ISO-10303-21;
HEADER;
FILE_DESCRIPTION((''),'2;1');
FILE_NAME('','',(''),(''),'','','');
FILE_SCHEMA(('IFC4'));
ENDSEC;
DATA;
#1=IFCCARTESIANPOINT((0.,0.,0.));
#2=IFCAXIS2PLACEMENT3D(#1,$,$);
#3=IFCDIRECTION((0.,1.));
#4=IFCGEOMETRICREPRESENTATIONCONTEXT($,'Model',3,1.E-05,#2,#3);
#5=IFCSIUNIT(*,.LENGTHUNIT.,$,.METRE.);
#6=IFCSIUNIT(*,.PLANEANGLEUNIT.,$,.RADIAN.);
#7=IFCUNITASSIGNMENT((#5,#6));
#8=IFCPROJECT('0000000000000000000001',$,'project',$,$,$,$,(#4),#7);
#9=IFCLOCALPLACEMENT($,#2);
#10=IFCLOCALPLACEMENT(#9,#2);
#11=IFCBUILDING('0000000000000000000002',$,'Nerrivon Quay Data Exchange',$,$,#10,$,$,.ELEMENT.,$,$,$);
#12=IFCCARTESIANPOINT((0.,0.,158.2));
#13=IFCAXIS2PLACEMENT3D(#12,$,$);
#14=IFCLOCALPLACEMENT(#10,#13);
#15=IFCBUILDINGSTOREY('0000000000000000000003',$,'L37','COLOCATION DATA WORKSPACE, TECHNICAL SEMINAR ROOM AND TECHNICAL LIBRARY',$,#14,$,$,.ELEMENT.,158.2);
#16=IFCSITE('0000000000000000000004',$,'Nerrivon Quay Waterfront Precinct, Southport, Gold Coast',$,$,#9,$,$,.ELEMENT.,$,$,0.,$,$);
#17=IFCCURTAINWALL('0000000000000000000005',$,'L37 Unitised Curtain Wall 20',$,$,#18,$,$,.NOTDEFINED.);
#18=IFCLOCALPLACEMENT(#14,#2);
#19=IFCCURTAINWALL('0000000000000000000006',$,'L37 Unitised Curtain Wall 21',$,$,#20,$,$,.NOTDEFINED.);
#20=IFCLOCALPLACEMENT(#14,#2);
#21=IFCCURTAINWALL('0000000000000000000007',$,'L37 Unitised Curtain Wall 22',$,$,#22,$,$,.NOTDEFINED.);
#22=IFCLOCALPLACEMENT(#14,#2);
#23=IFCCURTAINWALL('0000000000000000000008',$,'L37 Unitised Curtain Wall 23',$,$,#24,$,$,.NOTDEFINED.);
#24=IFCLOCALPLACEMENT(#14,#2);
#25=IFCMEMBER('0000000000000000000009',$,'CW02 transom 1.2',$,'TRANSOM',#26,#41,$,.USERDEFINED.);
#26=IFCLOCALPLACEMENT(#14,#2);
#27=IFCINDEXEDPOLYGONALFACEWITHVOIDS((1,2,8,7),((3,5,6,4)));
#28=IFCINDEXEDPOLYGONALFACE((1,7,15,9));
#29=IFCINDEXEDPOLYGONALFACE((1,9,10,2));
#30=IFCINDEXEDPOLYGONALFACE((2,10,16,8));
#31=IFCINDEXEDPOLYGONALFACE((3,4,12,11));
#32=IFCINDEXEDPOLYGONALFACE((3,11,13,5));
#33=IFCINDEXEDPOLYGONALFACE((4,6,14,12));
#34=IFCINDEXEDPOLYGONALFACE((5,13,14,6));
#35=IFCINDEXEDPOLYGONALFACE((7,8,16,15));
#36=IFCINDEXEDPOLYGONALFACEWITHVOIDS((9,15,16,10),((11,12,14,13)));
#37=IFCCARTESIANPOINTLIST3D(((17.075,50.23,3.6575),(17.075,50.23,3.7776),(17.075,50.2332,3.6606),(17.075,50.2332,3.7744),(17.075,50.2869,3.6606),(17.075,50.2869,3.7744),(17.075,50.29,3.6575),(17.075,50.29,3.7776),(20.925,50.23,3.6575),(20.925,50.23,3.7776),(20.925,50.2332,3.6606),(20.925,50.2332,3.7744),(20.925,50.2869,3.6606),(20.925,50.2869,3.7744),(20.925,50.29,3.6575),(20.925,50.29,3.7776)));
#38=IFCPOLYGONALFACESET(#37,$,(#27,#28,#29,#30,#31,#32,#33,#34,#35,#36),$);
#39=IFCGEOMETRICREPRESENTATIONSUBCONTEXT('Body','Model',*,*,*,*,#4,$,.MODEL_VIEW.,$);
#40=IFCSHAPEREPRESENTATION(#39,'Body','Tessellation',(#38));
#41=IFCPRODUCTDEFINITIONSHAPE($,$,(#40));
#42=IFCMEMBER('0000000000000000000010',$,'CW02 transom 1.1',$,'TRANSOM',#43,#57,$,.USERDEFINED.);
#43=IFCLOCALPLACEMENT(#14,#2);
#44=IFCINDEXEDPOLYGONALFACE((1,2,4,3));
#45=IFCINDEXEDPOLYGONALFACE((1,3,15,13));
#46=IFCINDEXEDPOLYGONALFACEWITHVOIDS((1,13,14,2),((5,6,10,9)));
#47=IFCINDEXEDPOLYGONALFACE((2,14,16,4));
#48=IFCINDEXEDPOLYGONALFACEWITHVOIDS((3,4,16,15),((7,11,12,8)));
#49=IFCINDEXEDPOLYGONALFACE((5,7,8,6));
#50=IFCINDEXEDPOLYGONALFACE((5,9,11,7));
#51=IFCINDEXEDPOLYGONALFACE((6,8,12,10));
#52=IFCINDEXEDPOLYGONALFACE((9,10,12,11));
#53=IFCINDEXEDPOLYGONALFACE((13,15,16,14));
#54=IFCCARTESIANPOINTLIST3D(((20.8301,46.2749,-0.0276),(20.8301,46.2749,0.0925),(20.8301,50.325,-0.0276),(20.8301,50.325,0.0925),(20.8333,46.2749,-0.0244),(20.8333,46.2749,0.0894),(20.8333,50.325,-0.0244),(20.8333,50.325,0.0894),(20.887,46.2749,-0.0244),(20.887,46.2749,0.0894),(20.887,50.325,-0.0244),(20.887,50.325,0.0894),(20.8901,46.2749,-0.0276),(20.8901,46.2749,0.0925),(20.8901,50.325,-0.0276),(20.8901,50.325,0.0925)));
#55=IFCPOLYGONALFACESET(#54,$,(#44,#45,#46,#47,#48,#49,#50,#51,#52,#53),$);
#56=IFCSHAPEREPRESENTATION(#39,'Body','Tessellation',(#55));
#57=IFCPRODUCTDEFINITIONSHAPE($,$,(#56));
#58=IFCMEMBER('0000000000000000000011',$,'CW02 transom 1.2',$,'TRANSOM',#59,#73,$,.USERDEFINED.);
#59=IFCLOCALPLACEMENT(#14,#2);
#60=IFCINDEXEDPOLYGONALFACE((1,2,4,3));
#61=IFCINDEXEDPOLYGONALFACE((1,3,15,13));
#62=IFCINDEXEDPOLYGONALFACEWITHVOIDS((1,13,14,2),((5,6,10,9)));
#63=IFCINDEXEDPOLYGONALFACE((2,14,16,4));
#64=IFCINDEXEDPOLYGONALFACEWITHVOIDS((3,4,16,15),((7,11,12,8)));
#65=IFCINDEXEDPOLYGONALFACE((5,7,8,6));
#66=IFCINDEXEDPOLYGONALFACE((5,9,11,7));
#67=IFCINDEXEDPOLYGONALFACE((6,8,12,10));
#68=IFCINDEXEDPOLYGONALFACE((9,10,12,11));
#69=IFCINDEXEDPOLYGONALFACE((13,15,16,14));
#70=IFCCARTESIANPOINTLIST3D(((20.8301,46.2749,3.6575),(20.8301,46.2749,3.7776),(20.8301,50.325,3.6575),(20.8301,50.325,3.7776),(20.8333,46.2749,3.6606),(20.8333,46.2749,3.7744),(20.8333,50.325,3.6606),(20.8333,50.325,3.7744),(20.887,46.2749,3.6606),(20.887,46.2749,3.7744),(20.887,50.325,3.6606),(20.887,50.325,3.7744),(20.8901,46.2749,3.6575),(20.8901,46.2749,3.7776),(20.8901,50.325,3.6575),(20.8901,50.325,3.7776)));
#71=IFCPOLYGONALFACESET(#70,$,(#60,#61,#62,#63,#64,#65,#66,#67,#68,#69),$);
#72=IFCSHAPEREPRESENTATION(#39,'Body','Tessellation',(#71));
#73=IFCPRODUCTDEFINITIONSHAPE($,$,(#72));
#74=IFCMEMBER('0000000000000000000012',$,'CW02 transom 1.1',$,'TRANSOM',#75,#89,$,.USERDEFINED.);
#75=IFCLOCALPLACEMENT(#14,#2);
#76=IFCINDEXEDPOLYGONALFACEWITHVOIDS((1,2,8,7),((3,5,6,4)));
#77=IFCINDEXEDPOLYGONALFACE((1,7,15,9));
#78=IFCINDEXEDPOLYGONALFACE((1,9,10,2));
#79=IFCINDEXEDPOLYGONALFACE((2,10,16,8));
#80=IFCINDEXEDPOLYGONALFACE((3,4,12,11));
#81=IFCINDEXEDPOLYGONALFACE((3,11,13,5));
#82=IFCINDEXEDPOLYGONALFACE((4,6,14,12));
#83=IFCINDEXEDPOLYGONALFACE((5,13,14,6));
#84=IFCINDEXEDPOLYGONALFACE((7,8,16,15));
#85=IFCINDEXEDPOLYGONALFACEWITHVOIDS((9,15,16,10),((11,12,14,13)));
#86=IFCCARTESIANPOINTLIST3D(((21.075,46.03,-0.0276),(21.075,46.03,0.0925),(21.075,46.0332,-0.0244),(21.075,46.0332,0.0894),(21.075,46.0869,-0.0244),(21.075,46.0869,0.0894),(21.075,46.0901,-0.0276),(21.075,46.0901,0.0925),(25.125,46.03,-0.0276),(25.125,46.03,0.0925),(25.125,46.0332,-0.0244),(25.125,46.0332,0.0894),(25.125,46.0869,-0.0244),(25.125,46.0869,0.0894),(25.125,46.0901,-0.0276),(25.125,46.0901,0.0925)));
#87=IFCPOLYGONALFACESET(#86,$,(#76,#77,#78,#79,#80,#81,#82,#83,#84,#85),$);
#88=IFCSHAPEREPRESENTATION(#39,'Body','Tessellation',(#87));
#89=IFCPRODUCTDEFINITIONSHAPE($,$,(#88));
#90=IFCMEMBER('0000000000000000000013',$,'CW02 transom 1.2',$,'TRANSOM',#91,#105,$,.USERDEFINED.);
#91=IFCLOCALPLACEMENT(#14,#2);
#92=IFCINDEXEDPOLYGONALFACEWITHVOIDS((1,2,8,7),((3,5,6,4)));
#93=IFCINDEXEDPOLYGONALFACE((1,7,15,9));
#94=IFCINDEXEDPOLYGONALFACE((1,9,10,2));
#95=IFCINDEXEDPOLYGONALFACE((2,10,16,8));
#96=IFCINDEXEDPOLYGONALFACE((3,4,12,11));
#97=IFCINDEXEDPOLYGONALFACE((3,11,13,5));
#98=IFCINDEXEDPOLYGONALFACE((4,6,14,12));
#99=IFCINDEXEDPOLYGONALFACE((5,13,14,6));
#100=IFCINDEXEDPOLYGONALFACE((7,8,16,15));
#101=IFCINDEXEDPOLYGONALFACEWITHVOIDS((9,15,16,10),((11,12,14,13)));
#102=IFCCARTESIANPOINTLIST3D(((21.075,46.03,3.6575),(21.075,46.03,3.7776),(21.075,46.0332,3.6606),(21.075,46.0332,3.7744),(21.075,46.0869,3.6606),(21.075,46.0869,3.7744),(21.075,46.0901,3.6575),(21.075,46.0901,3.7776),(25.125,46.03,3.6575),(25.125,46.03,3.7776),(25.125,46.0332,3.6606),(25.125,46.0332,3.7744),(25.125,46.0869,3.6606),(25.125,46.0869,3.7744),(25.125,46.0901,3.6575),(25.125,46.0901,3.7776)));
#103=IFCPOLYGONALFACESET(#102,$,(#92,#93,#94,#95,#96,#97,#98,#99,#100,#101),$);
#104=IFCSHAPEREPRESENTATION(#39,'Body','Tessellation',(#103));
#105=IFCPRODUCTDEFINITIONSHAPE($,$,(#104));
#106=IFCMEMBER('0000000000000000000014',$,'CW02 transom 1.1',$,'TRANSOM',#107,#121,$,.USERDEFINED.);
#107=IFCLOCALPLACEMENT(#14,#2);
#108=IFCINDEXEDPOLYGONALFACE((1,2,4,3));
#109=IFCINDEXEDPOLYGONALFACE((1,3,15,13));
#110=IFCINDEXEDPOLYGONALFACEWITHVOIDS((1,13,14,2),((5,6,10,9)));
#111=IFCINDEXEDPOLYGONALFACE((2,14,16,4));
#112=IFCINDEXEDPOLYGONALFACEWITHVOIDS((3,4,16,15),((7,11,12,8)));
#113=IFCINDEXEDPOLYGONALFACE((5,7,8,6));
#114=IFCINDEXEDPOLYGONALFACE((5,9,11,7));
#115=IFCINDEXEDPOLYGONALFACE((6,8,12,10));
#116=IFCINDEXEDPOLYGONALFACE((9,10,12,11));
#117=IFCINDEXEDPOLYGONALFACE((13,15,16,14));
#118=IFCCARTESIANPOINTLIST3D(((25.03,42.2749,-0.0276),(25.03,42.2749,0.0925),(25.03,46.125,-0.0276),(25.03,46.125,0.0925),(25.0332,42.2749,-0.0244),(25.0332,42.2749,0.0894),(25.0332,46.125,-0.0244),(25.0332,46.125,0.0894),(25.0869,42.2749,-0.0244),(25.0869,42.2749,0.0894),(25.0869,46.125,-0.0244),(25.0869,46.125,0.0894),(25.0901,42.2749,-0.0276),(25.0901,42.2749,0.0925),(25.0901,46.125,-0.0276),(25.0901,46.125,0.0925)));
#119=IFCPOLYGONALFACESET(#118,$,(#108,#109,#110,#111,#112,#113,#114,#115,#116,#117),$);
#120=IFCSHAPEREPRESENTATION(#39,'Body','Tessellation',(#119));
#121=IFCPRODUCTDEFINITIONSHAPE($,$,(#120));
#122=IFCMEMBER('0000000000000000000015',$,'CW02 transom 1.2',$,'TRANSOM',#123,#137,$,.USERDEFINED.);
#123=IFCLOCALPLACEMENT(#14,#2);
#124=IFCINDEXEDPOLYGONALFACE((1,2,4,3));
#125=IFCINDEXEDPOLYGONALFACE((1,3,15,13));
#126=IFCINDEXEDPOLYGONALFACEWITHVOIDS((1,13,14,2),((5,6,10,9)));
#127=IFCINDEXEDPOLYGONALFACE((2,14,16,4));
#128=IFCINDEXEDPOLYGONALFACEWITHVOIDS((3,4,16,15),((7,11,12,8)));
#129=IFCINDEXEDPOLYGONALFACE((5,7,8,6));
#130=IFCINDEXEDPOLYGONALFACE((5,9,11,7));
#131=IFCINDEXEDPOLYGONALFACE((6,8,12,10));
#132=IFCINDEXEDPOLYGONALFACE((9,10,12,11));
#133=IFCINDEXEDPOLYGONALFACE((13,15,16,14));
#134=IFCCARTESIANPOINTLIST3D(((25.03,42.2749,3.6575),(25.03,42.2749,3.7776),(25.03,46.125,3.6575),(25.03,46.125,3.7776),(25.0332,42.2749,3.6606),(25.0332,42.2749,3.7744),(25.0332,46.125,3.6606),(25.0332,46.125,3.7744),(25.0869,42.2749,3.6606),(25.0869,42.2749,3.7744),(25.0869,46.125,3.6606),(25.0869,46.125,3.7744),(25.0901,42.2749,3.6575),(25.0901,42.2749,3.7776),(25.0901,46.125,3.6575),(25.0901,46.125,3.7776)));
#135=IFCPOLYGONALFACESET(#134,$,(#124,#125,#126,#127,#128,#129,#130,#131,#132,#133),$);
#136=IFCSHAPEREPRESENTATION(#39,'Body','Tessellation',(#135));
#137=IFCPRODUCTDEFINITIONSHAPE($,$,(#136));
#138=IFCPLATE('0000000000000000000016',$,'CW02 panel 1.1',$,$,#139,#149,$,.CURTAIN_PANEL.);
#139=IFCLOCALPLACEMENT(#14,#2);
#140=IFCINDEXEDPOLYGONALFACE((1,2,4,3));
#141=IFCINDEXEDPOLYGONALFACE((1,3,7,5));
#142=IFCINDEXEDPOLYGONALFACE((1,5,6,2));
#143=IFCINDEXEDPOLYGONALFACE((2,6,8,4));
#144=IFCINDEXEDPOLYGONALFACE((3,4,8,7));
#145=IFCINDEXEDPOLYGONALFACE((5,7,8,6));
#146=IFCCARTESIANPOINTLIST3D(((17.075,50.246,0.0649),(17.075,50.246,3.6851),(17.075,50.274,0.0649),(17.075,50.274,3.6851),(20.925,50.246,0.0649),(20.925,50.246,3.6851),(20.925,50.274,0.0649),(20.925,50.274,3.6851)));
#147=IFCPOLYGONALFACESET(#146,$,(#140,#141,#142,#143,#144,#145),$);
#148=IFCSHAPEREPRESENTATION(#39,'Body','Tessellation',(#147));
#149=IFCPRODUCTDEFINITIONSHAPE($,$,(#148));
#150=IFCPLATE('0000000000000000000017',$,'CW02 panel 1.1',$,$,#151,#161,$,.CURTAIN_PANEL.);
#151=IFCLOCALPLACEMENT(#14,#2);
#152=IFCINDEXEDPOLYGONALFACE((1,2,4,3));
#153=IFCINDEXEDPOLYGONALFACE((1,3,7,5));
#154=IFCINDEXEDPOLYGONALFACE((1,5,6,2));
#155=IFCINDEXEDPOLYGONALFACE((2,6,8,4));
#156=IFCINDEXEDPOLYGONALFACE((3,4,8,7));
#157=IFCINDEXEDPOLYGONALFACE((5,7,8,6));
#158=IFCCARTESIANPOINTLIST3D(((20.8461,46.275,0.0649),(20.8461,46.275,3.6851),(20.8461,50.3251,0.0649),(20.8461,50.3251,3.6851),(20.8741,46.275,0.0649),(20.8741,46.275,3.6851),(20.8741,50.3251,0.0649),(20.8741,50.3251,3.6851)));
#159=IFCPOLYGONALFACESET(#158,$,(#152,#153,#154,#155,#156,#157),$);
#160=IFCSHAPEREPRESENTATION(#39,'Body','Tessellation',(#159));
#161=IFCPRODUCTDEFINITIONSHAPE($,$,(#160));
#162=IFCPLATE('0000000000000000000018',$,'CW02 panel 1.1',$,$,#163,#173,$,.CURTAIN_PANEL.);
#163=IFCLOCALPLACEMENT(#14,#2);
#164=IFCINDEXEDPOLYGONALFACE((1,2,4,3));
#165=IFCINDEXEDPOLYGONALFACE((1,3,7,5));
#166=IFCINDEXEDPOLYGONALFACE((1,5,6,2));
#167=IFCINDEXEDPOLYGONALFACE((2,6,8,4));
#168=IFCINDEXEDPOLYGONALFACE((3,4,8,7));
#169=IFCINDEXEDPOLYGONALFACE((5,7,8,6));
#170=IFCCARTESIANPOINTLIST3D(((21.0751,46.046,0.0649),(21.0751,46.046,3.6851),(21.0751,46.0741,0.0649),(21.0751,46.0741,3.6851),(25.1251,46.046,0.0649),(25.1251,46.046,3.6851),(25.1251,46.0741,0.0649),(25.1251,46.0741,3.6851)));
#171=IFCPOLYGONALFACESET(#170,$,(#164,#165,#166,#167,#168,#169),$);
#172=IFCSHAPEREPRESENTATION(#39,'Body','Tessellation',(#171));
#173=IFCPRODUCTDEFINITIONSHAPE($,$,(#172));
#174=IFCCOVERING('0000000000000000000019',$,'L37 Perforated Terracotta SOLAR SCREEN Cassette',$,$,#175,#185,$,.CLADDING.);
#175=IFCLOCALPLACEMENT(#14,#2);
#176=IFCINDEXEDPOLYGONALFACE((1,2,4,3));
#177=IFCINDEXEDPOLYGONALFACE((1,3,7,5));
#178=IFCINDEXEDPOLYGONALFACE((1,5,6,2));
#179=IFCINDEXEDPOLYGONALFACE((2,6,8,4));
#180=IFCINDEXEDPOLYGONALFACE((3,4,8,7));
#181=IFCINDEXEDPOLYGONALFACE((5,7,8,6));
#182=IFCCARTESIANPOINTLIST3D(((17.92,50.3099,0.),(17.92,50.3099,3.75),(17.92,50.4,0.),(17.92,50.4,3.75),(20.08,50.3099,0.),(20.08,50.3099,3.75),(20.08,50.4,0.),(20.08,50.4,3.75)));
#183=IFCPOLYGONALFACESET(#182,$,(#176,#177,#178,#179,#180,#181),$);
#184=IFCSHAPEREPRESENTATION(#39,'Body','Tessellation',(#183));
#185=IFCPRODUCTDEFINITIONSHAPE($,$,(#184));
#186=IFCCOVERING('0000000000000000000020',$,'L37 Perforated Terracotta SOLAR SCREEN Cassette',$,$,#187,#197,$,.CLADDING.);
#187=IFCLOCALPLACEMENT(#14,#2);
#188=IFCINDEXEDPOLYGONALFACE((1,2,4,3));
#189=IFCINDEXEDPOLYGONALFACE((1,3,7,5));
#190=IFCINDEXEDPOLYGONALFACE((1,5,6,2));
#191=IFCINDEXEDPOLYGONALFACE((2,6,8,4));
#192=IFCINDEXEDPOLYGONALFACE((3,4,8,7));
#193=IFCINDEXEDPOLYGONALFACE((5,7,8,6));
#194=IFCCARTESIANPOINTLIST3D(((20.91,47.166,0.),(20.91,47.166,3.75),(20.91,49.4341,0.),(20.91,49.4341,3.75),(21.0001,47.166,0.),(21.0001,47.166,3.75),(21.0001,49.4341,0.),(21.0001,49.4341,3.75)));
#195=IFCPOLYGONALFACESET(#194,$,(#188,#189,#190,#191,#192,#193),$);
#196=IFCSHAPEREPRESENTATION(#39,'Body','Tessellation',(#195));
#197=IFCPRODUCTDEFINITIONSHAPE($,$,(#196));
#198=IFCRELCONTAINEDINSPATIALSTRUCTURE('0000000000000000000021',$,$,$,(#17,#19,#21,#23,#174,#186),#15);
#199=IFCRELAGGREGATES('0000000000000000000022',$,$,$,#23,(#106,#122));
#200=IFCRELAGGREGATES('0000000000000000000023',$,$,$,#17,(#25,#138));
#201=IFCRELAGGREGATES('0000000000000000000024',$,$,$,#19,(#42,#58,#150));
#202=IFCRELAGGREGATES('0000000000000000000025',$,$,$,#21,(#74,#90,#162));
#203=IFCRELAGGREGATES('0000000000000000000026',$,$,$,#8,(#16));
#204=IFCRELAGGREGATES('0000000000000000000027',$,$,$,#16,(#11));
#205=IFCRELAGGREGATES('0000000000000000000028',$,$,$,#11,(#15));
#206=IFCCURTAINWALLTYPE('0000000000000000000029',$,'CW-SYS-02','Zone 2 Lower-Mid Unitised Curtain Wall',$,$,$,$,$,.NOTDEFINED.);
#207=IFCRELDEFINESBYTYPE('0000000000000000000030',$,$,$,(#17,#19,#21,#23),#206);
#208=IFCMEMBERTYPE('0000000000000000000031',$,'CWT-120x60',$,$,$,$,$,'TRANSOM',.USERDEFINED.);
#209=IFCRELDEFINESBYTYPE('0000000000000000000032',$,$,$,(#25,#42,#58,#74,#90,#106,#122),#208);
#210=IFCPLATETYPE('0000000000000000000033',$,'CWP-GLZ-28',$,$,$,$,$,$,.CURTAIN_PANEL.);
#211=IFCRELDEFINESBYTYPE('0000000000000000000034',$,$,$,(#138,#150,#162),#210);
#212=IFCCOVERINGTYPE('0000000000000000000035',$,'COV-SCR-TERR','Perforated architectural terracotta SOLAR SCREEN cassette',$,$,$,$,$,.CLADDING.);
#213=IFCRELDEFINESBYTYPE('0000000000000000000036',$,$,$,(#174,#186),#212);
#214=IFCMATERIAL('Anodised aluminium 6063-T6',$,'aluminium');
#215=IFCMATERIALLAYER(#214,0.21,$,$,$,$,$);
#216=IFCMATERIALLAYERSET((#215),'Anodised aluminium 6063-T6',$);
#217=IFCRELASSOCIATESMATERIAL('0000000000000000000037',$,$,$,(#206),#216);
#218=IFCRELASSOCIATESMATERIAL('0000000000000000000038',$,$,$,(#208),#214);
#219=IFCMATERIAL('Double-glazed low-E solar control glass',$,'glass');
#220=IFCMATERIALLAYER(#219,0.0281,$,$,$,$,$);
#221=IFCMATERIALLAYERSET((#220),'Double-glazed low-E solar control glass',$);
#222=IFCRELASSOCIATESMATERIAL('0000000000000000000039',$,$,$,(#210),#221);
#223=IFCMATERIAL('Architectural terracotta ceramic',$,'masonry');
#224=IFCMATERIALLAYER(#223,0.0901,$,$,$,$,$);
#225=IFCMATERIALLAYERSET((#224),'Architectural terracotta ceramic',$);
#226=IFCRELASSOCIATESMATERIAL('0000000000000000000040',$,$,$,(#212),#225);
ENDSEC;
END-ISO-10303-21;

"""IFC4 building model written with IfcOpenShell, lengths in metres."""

from ifc_helpers import new_model, si_unit, direction, frame, origin, origin_2d, place, context, subcontext, project, spatial, rectangle, hollow_rectangle, extrude, material, layer, layer_set, material_profile, profile_set, type_object, element, aggregate, save


model = new_model("IFC4")

# Units and contexts
model_context = context("Model", 3, precision=1e-05, world=origin(), true_north=direction((0.0, 1.0)))
body_context = subcontext(model_context, "Body", "Model", "MODEL_VIEW")
ifc_project = project(units=[si_unit("LENGTHUNIT", "METRE"), si_unit("PLANEANGLEUNIT", "RADIAN")], contexts=[model_context])

# Site, building, storey
site_placement = place(None, origin())
site = spatial("IfcSite", under=ifc_project, at=site_placement, Name="Nerrivon Quay Waterfront Precinct, Southport, Gold Coast", CompositionType="ELEMENT", RefElevation=0.0)
building_placement = place(site_placement, origin())
building = spatial("IfcBuilding", under=site, at=building_placement, Name="Nerrivon Quay Data Exchange", CompositionType="ELEMENT")
storey_placement = place(building_placement, frame((0.0, 0.0, 158.2)))
storey = spatial("IfcBuildingStorey", under=building, at=storey_placement, Name="L37", Description="COLOCATION DATA WORKSPACE, TECHNICAL SEMINAR ROOM AND TECHNICAL LIBRARY", CompositionType="ELEMENT", Elevation=158.2)

# Shared definitions
ifc_material_1 = material(Name="Anodised aluminium 6063-T6", Category="aluminium")
ifc_layer_1 = layer(ifc_material_1, 0.21)
ifc_layer_set_1 = layer_set([ifc_layer_1], Name="Anodised aluminium 6063-T6")
curtain_wall_type = type_object("IfcCurtainWallType", Name="CW-SYS-02", Description="Zone 2 Lower-Mid Unitised Curtain Wall", PredefinedType="NOTDEFINED", material=ifc_layer_set_1)

# Curtain walls
curtain_wall_1_placement = place(storey_placement, origin())
curtain_wall_1 = element("IfcCurtainWall", 1, at=curtain_wall_1_placement, inside=storey, type_object=curtain_wall_type, Name="L37 Unitised Curtain Wall 20", PredefinedType="NOTDEFINED")
curtain_wall_2_placement = place(storey_placement, origin())
curtain_wall_2 = element("IfcCurtainWall", 2, at=curtain_wall_2_placement, inside=storey, type_object=curtain_wall_type, Name="L37 Unitised Curtain Wall 21", PredefinedType="NOTDEFINED")
curtain_wall_3_placement = place(storey_placement, origin())
curtain_wall_3 = element("IfcCurtainWall", 3, at=curtain_wall_3_placement, inside=storey, type_object=curtain_wall_type, Name="L37 Unitised Curtain Wall 22", PredefinedType="NOTDEFINED")

# Curtain wall
curtain_wall_4_placement = place(storey_placement, origin())
curtain_wall_4 = element("IfcCurtainWall", 4, at=curtain_wall_4_placement, inside=storey, type_object=curtain_wall_type, Name="L37 Unitised Curtain Wall 23", PredefinedType="NOTDEFINED")

# Members
ifc_material_profile_1 = material_profile(ifc_material_1, hollow_rectangle(XDim=0.0601, YDim=0.1201, WallThickness=0.0032, at=origin_2d()), Name="ALU-TRAN-120x60")
ifc_profile_set_1 = profile_set([ifc_material_profile_1], Name="Anodised aluminium 6063-T6")
member_type_1 = type_object("IfcMemberType", Name="CWT-120x60", ElementType="TRANSOM", PredefinedType="USERDEFINED", material=ifc_profile_set_1)
member_1_placement = place(storey_placement, frame((17.075, 50.26, 3.7175), z_axis=(1.0, 0.0, 0.0), x_axis=(0.0, 1.0, 0.0)))
member_1 = element("IfcMember", 5, at=member_1_placement, type_object=member_type_1, Name="CW02 transom 1.2", ObjectType="TRANSOM", PredefinedType="USERDEFINED", context=body_context, shape_type="SweptSolid", body=[
    extrude(hollow_rectangle(XDim=0.0601, YDim=0.1201, WallThickness=0.0032, at=origin_2d()), origin(), (0.0, 0.0, 1.0), 3.8501),
])
member_2_placement = place(storey_placement, frame((20.8601, 50.325, 0.0325), z_axis=(0.0, -1.0, 0.0), x_axis=(1.0, 0.0, 0.0)))
member_2 = element("IfcMember", 6, at=member_2_placement, type_object=member_type_1, Name="CW02 transom 1.1", ObjectType="TRANSOM", PredefinedType="USERDEFINED", context=body_context, shape_type="SweptSolid", body=[
    extrude(hollow_rectangle(XDim=0.0601, YDim=0.1201, WallThickness=0.0032, at=origin_2d()), origin(), (0.0, 0.0, 1.0), 4.05),
])
member_3_placement = place(storey_placement, frame((20.8601, 50.325, 3.7175), z_axis=(0.0, -1.0, 0.0), x_axis=(1.0, 0.0, 0.0)))
member_3 = element("IfcMember", 7, at=member_3_placement, type_object=member_type_1, Name="CW02 transom 1.2", ObjectType="TRANSOM", PredefinedType="USERDEFINED", context=body_context, shape_type="SweptSolid", body=[
    extrude(hollow_rectangle(XDim=0.0601, YDim=0.1201, WallThickness=0.0032, at=origin_2d()), origin(), (0.0, 0.0, 1.0), 4.05),
])
member_4_placement = place(storey_placement, frame((21.075, 46.0601, 0.0325), z_axis=(1.0, 0.0, 0.0), x_axis=(0.0, 1.0, 0.0)))
member_4 = element("IfcMember", 8, at=member_4_placement, type_object=member_type_1, Name="CW02 transom 1.1", ObjectType="TRANSOM", PredefinedType="USERDEFINED", context=body_context, shape_type="SweptSolid", body=[
    extrude(hollow_rectangle(XDim=0.0601, YDim=0.1201, WallThickness=0.0032, at=origin_2d()), origin(), (0.0, 0.0, 1.0), 4.05),
])
member_5_placement = place(storey_placement, frame((21.075, 46.0601, 3.7175), z_axis=(1.0, 0.0, 0.0), x_axis=(0.0, 1.0, 0.0)))
member_5 = element("IfcMember", 9, at=member_5_placement, type_object=member_type_1, Name="CW02 transom 1.2", ObjectType="TRANSOM", PredefinedType="USERDEFINED", context=body_context, shape_type="SweptSolid", body=[
    extrude(hollow_rectangle(XDim=0.0601, YDim=0.1201, WallThickness=0.0032, at=origin_2d()), origin(), (0.0, 0.0, 1.0), 4.05),
])
member_6_placement = place(storey_placement, frame((25.0601, 46.125, 0.0325), z_axis=(0.0, -1.0, 0.0), x_axis=(1.0, 0.0, 0.0)))
member_6 = element("IfcMember", 10, at=member_6_placement, type_object=member_type_1, Name="CW02 transom 1.1", ObjectType="TRANSOM", PredefinedType="USERDEFINED", context=body_context, shape_type="SweptSolid", body=[
    extrude(hollow_rectangle(XDim=0.0601, YDim=0.1201, WallThickness=0.0032, at=origin_2d()), origin(), (0.0, 0.0, 1.0), 3.8501),
])
member_7_placement = place(storey_placement, frame((25.0601, 46.125, 3.7175), z_axis=(0.0, -1.0, 0.0), x_axis=(1.0, 0.0, 0.0)))
member_7 = element("IfcMember", 11, at=member_7_placement, type_object=member_type_1, Name="CW02 transom 1.2", ObjectType="TRANSOM", PredefinedType="USERDEFINED", context=body_context, shape_type="SweptSolid", body=[
    extrude(hollow_rectangle(XDim=0.0601, YDim=0.1201, WallThickness=0.0032, at=origin_2d()), origin(), (0.0, 0.0, 1.0), 3.8501),
])
aggregate(curtain_wall_4, [member_6, member_7])

# Plates
ifc_material_2 = material(Name="Double-glazed low-E solar control glass", Category="glass")
ifc_layer_2 = layer(ifc_material_2, 0.0281)
ifc_layer_set_2 = layer_set([ifc_layer_2], Name="Double-glazed low-E solar control glass")
plate_type = type_object("IfcPlateType", Name="CWP-GLZ-28", PredefinedType="CURTAIN_PANEL", material=ifc_layer_set_2)
plate_1_placement = place(storey_placement, frame((19.0, 50.26, 0.0649), z_axis=(0.0, 0.0, 1.0), x_axis=(1.0, 0.0, 0.0)))
plate_1 = element("IfcPlate", 12, at=plate_1_placement, type_object=plate_type, Name="CW02 panel 1.1", PredefinedType="CURTAIN_PANEL", context=body_context, shape_type="SweptSolid", body=[
    extrude(rectangle(XDim=3.8501, YDim=0.0281, at=origin_2d()), origin(), (0.0, 0.0, 1.0), 3.6201),
])
aggregate(curtain_wall_1, [member_1, plate_1])
plate_2_placement = place(storey_placement, frame((20.8601, 48.3, 0.0649), z_axis=(0.0, 0.0, 1.0), x_axis=(0.0, -1.0, 0.0)))
plate_2 = element("IfcPlate", 13, at=plate_2_placement, type_object=plate_type, Name="CW02 panel 1.1", PredefinedType="CURTAIN_PANEL", context=body_context, shape_type="SweptSolid", body=[
    extrude(rectangle(XDim=4.05, YDim=0.0281, at=origin_2d()), origin(), (0.0, 0.0, 1.0), 3.6201),
])
aggregate(curtain_wall_2, [member_2, member_3, plate_2])
plate_3_placement = place(storey_placement, frame((23.1001, 46.0601, 0.0649), z_axis=(0.0, 0.0, 1.0), x_axis=(1.0, 0.0, 0.0)))
plate_3 = element("IfcPlate", 14, at=plate_3_placement, type_object=plate_type, Name="CW02 panel 1.1", PredefinedType="CURTAIN_PANEL", context=body_context, shape_type="SweptSolid", body=[
    extrude(rectangle(XDim=4.05, YDim=0.0281, at=origin_2d()), origin(), (0.0, 0.0, 1.0), 3.6201),
])
aggregate(curtain_wall_3, [member_4, member_5, plate_3])

# Coverings
ifc_material_3 = material(Name="Architectural terracotta ceramic", Category="masonry")
ifc_layer_3 = layer(ifc_material_3, 0.0901)
ifc_layer_set_3 = layer_set([ifc_layer_3], Name="Architectural terracotta ceramic")
covering_type = type_object("IfcCoveringType", Name="COV-SCR-TERR", Description="Perforated architectural terracotta SOLAR SCREEN cassette", PredefinedType="CLADDING", material=ifc_layer_set_3)
covering_1_placement = place(storey_placement, frame((19.0, 50.355, 0.0), z_axis=(0.0, 0.0, 1.0), x_axis=(1.0, 0.0, 0.0)))
element("IfcCovering", 15, at=covering_1_placement, inside=storey, type_object=covering_type, Name="L37 Perforated Terracotta SOLAR SCREEN Cassette", PredefinedType="CLADDING", context=body_context, shape_type="SweptSolid", body=[
    extrude(rectangle(XDim=2.1599, YDim=0.0901, at=origin_2d()), origin(), (0.0, 0.0, 1.0), 3.75),
])
for number, where, z_axis, x_axis, name in (
    (16, (20.9551, 48.3, 0.0), (0.0, 0.0, 1.0), (0.0, -1.0, 0.0), "L37 Perforated Terracotta SOLAR SCREEN Cassette"),
):
    element("IfcCovering", number, at=place(storey_placement, frame(where, z_axis=z_axis, x_axis=x_axis)), inside=storey, type_object=covering_type, Name=name, PredefinedType="CLADDING", context=body_context, shape_type="SweptSolid", body=[
        extrude(rectangle(XDim=2.2681, YDim=0.0901, at=origin_2d()), origin(), (0.0, 0.0, 1.0), 3.75),
    ])

save(model, "model.ifc")
